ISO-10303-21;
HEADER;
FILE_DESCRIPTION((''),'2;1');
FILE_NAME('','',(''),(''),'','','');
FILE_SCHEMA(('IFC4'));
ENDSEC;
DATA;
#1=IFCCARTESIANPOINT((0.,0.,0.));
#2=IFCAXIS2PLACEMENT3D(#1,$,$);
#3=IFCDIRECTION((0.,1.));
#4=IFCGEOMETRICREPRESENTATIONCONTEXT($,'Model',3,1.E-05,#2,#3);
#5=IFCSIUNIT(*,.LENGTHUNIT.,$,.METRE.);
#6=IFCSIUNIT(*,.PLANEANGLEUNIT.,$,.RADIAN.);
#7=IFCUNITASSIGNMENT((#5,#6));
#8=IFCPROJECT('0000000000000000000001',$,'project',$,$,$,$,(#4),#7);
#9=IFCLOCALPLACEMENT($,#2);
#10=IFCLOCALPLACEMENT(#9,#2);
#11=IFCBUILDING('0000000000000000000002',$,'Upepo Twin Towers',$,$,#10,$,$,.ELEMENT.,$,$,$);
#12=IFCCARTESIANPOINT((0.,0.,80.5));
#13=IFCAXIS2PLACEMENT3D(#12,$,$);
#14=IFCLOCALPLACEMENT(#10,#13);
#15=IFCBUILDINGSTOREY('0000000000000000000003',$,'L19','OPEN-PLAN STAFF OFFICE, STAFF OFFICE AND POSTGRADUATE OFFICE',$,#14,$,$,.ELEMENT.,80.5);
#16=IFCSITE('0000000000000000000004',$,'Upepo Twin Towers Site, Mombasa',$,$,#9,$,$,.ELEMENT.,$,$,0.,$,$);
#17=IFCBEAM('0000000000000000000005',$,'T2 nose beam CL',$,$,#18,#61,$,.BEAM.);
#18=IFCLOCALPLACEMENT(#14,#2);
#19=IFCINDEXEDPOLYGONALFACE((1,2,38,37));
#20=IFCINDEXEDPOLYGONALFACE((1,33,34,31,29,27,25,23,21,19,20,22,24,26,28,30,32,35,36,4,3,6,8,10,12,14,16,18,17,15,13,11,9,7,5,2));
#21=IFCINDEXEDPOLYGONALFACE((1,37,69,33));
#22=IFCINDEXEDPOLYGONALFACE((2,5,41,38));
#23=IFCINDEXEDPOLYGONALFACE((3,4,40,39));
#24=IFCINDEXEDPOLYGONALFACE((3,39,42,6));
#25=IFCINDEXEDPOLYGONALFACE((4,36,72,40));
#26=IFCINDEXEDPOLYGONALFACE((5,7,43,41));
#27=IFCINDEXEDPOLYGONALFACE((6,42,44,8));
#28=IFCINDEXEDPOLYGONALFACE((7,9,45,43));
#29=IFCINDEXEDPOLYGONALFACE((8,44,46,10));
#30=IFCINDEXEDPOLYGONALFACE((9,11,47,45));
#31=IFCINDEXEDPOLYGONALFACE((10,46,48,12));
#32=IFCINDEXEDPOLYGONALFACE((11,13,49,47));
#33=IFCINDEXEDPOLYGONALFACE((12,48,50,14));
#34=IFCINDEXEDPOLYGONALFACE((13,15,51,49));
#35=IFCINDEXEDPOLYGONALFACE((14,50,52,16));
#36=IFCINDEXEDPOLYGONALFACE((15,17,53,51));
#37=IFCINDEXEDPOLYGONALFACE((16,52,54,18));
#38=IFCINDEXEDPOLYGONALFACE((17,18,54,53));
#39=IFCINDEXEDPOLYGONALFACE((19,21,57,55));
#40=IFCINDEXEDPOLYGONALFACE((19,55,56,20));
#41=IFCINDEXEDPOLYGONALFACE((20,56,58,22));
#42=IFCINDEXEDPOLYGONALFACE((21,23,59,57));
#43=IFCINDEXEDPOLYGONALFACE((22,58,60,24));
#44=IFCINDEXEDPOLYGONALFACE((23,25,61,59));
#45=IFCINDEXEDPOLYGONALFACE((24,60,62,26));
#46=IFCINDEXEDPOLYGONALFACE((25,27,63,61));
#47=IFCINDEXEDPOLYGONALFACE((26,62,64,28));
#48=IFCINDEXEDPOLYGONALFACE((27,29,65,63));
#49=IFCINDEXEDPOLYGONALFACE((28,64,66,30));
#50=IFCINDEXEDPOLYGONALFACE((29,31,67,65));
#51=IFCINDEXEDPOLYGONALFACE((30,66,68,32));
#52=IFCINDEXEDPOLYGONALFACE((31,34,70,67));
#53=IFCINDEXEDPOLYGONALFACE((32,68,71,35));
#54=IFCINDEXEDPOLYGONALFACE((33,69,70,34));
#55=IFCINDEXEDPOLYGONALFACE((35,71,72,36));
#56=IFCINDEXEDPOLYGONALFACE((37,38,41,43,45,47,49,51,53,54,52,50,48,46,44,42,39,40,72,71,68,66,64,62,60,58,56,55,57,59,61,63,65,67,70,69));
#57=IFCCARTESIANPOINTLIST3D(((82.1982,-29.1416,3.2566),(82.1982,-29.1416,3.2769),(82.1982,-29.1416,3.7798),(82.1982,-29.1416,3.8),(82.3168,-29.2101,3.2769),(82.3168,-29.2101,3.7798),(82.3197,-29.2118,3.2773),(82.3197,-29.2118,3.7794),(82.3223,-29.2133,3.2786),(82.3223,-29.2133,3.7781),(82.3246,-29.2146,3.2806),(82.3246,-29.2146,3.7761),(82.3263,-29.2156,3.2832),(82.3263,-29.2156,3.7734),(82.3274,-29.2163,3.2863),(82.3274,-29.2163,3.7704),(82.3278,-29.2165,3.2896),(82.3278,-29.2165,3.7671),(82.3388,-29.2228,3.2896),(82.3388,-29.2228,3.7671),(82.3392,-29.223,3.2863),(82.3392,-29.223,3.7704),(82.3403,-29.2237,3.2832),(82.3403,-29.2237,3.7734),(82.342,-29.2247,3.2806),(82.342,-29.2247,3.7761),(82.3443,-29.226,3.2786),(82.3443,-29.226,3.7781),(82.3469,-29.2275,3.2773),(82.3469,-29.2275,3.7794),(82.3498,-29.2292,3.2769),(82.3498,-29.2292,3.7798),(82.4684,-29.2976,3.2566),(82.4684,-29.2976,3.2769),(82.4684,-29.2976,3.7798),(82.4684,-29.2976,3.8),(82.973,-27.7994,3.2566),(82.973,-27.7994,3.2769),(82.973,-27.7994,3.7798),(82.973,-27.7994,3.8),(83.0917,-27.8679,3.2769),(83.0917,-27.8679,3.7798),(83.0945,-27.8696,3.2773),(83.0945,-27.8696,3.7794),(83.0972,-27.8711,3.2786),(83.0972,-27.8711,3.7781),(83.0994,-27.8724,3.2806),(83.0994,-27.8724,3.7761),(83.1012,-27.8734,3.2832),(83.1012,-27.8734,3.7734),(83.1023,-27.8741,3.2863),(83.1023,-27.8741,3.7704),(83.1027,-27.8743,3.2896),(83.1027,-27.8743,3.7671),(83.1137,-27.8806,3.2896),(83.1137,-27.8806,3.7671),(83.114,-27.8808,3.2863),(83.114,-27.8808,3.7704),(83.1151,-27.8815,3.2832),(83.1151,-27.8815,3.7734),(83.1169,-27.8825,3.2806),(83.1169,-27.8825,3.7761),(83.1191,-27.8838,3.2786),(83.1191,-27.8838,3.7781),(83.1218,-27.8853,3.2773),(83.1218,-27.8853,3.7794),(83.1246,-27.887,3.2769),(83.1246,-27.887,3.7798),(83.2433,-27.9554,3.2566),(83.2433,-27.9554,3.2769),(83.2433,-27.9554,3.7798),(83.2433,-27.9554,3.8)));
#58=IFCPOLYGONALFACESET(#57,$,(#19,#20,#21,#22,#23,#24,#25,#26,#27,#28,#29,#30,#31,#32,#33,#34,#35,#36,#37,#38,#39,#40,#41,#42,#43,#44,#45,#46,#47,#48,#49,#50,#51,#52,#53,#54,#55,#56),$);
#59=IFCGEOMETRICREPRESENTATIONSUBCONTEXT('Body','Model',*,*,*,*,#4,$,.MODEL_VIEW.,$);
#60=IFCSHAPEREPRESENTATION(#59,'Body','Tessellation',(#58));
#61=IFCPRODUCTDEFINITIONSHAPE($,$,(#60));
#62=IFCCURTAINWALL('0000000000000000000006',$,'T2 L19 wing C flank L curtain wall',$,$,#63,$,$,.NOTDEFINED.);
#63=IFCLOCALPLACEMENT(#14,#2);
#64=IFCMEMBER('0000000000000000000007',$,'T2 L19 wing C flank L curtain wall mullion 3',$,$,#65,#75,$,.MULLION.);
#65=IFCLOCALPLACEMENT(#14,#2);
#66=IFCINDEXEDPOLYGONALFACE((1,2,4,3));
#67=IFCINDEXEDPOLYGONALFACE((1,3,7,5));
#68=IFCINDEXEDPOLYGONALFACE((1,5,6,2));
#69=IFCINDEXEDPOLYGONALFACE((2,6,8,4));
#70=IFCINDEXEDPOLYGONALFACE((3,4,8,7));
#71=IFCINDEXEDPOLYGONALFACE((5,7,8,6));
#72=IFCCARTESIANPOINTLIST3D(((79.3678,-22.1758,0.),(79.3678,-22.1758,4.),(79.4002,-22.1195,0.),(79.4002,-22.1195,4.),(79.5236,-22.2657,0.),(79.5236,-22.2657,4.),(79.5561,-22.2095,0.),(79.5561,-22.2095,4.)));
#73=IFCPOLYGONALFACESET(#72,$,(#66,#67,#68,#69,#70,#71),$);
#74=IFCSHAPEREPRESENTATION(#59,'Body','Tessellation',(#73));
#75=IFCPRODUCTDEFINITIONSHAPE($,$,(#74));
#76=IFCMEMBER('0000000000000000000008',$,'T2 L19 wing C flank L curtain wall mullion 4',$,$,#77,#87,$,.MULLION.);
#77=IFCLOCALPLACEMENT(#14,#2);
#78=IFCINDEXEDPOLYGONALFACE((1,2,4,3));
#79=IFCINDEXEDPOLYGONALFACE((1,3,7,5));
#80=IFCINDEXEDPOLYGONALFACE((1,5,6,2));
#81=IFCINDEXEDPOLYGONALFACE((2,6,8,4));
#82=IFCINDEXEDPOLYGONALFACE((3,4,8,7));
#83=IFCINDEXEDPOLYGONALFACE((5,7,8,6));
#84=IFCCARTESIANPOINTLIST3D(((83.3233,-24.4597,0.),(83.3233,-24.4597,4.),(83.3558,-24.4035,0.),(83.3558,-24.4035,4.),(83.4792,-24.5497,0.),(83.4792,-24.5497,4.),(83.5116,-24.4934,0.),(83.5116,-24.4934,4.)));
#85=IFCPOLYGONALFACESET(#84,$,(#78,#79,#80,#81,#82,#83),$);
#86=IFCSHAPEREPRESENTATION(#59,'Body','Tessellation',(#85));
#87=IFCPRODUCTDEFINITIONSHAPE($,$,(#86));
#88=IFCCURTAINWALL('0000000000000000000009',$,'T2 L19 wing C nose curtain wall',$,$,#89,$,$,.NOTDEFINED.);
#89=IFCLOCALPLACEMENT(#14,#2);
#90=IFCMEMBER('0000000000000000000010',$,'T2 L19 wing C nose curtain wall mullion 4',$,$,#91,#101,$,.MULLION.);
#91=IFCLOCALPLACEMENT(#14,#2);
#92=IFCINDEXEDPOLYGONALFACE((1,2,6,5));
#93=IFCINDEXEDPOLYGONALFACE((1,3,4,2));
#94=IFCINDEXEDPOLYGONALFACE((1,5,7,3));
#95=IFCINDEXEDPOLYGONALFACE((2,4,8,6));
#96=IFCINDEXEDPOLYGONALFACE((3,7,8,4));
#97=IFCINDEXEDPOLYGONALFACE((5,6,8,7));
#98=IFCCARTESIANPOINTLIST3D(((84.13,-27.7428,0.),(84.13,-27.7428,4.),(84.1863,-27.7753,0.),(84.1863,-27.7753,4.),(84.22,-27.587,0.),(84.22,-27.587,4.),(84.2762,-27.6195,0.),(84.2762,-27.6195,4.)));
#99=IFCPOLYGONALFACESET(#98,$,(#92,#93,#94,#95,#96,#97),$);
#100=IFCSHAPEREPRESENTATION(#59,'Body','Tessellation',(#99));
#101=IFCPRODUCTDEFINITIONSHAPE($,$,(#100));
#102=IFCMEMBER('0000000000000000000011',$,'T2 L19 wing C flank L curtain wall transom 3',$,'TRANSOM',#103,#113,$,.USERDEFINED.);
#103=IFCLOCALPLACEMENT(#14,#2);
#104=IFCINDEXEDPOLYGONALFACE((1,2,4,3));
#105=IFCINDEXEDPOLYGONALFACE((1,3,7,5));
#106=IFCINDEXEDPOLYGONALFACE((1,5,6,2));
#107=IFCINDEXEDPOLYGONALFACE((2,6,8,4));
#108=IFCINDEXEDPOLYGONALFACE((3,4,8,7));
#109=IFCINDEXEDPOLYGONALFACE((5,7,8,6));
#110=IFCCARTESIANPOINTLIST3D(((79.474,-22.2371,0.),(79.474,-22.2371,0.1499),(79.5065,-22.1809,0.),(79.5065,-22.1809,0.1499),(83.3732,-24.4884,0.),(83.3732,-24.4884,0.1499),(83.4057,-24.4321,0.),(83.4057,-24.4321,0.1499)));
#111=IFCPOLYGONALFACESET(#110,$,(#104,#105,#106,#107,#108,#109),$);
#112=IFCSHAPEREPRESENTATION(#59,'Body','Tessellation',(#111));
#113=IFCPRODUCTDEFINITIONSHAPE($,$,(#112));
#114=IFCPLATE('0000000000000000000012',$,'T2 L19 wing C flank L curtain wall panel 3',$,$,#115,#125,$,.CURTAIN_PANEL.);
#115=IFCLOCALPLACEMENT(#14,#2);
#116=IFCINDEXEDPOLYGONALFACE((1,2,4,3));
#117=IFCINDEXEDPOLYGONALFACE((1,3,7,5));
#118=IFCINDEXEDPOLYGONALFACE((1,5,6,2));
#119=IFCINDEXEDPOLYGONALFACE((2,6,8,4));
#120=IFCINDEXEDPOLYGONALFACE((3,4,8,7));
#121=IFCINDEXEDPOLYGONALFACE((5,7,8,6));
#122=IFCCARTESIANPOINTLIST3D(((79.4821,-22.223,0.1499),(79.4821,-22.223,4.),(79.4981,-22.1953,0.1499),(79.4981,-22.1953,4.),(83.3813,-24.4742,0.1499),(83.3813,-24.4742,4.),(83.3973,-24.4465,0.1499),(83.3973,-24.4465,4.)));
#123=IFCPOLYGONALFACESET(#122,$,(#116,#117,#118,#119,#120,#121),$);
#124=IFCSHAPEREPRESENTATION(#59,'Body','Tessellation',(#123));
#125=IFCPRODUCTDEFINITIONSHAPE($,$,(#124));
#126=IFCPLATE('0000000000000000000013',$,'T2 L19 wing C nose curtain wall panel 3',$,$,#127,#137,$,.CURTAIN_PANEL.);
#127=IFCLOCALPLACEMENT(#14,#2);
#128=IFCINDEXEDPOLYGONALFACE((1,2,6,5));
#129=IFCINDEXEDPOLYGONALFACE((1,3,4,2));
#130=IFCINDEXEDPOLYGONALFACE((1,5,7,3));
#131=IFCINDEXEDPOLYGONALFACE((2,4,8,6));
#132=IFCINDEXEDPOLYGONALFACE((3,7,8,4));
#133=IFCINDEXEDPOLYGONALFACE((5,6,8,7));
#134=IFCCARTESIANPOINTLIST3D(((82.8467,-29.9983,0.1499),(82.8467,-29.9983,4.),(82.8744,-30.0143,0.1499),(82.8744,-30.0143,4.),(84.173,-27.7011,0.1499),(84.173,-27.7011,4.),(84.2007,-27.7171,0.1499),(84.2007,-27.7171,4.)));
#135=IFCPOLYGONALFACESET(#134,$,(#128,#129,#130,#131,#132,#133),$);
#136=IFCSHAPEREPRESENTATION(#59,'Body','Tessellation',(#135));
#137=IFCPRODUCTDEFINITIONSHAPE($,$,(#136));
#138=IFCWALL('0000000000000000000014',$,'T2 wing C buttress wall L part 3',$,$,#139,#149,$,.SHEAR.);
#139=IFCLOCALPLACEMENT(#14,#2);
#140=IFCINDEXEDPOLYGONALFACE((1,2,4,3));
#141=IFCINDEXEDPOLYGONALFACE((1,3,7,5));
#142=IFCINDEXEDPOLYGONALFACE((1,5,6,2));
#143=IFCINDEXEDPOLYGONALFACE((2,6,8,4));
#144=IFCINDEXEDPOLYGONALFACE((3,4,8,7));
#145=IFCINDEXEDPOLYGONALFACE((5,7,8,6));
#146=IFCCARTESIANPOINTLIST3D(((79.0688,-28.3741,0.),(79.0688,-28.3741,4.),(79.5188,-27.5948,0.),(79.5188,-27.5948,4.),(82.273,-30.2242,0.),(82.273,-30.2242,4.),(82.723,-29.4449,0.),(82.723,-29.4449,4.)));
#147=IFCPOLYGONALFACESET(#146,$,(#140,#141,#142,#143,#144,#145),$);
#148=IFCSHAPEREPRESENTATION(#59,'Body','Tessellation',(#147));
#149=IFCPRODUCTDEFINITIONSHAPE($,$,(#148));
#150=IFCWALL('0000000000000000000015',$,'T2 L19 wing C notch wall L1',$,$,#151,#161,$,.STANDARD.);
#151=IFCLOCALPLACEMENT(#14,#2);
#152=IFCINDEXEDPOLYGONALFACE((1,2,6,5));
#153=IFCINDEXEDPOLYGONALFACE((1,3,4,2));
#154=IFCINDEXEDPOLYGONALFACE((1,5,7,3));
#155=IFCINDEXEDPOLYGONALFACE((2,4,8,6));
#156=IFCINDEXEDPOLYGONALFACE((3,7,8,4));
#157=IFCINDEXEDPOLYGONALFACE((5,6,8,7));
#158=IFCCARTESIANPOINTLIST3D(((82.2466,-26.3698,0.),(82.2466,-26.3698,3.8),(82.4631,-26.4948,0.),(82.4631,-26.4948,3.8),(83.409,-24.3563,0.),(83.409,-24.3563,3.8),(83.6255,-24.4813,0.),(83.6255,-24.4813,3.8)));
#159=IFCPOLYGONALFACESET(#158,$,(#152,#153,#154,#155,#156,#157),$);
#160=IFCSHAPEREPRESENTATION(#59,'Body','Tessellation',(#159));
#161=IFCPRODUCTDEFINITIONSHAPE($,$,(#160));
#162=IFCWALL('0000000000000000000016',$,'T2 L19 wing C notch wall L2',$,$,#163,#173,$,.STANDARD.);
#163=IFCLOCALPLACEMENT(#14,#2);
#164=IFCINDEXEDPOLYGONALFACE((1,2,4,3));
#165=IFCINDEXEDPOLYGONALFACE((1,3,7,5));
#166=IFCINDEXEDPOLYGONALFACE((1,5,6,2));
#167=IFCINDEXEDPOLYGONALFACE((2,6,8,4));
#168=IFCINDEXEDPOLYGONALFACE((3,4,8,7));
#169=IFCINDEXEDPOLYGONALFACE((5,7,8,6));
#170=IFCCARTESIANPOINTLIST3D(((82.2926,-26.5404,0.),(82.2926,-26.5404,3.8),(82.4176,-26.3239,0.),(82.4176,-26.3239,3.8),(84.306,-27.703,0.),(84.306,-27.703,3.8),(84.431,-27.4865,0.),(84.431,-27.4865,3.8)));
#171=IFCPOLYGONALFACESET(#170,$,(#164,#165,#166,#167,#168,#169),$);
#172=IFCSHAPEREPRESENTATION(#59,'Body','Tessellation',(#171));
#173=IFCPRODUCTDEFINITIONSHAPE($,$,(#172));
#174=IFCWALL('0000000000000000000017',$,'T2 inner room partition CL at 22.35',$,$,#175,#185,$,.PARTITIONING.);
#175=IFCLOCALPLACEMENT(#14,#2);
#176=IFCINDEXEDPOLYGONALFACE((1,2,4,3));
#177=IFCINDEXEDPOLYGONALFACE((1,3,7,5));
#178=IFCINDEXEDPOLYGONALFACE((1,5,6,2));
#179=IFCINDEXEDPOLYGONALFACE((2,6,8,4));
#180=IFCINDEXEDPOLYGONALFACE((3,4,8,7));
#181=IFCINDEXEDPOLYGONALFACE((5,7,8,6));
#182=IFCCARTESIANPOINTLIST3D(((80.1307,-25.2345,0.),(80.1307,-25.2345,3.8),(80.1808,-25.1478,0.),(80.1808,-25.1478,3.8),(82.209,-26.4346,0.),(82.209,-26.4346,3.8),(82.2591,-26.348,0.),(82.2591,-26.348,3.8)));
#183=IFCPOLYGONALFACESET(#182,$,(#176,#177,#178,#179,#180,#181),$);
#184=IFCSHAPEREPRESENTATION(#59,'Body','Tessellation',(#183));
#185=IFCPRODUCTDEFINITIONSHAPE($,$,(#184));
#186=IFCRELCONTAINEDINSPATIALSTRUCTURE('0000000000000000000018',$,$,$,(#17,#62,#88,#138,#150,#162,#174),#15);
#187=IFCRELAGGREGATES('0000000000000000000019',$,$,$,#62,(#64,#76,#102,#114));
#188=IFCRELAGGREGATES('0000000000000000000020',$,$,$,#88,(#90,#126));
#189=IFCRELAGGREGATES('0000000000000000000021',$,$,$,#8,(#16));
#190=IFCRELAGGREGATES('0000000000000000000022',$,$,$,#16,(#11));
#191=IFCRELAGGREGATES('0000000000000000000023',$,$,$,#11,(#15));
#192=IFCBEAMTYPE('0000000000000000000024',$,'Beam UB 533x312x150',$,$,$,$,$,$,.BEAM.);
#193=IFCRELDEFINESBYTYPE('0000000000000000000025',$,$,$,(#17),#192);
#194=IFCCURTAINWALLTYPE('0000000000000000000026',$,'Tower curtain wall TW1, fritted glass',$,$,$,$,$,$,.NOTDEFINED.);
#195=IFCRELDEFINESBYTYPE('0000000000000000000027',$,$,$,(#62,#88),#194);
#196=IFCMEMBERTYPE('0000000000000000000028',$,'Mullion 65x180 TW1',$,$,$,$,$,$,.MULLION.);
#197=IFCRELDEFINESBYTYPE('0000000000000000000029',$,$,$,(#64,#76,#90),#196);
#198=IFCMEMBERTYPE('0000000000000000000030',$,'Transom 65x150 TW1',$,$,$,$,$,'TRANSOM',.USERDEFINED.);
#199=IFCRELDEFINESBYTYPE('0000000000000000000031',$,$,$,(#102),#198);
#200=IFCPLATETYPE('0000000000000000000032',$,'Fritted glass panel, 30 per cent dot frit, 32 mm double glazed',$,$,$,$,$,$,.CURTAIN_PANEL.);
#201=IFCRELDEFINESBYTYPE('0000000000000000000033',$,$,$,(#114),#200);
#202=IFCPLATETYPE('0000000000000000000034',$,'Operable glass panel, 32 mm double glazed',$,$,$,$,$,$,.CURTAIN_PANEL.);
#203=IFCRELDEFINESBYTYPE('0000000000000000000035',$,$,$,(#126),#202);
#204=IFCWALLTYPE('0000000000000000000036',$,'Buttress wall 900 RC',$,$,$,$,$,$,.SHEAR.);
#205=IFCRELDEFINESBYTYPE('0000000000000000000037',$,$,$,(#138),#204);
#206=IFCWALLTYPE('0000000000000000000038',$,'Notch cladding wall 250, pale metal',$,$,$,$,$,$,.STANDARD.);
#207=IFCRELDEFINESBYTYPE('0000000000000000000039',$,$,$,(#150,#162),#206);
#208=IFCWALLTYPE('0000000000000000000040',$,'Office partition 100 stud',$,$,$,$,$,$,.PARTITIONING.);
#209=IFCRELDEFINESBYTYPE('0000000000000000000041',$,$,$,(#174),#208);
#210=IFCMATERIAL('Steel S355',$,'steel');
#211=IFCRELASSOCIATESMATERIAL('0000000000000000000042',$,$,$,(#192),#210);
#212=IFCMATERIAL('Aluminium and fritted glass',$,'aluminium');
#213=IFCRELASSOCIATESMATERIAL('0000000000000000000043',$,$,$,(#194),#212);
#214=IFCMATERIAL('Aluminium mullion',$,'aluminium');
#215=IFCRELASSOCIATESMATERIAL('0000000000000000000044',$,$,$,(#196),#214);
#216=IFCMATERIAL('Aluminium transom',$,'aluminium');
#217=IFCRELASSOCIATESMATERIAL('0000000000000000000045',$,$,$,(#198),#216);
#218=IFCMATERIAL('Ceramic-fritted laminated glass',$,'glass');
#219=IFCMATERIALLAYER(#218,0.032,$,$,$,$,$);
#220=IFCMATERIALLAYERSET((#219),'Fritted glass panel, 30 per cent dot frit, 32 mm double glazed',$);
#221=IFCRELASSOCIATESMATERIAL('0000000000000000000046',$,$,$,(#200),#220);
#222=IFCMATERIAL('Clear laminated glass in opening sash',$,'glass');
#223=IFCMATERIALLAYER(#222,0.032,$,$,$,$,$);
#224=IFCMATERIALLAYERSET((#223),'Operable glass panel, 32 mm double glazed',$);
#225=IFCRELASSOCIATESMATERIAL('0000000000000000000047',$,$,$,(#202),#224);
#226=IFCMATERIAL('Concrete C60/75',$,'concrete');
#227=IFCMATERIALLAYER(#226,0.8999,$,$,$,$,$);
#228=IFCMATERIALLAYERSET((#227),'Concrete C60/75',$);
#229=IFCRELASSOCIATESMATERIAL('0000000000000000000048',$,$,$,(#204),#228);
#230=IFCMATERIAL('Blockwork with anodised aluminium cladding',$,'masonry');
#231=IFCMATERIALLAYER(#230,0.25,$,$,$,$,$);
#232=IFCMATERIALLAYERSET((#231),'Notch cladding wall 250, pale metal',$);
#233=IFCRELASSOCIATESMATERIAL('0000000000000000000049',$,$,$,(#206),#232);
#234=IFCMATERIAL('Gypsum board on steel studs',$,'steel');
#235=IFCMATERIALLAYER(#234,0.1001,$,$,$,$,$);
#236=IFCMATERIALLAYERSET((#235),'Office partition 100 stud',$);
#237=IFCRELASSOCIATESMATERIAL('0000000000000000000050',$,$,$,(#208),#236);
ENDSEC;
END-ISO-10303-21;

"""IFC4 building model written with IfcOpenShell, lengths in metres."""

from ifc_helpers import new_model, si_unit, direction, frame, frame_2d, origin, origin_2d, place, context, subcontext, project, spatial, rectangle, i_section, extrude, material, layer, layer_set, material_profile, profile_set, type_object, element, aggregate, save


model = new_model("IFC4")

# Units and contexts
model_context = context("Model", 3, precision=1e-05, world=origin(), true_north=direction((0.0, 1.0)))
body_context = subcontext(model_context, "Body", "Model", "MODEL_VIEW")
ifc_project = project(units=[si_unit("LENGTHUNIT", "METRE"), si_unit("PLANEANGLEUNIT", "RADIAN")], contexts=[model_context])

# Site, building, storey
site_placement = place(None, origin())
site = spatial("IfcSite", under=ifc_project, at=site_placement, Name="Upepo Twin Towers Site, Mombasa", CompositionType="ELEMENT", RefElevation=0.0)
building_placement = place(site_placement, origin())
building = spatial("IfcBuilding", under=site, at=building_placement, Name="Upepo Twin Towers", CompositionType="ELEMENT")
storey_placement = place(building_placement, frame((0.0, 0.0, 80.5)))
storey = spatial("IfcBuildingStorey", under=building, at=storey_placement, Name="L19", Description="OPEN-PLAN STAFF OFFICE, STAFF OFFICE AND POSTGRADUATE OFFICE", CompositionType="ELEMENT", Elevation=80.5)

# Beam
ifc_material_1 = material(Name="Steel S355", Category="steel")
ifc_material_profile_1 = material_profile(ifc_material_1, i_section(OverallWidth=0.312, OverallDepth=0.5435, WebThickness=0.0127, FlangeThickness=0.0203, FilletRadius=0.0127, at=origin_2d()), Name="UB 533x312x150")
ifc_profile_set_1 = profile_set([ifc_material_profile_1], Name="Steel S355")
beam_type_1 = type_object("IfcBeamType", Name="Beam UB 533x312x150", PredefinedType="BEAM", material=ifc_profile_set_1)
beam_1_placement = place(storey_placement, frame((83.1082, -27.8774, 3.5283), z_axis=(-0.499968, -0.866044, 0.0), x_axis=(0.866044, -0.499968, 0.0)))
element("IfcBeam", 1, at=beam_1_placement, inside=storey, type_object=beam_type_1, Name="T2 nose beam CL", PredefinedType="BEAM", context=body_context, shape_type="SweptSolid", body=[
    extrude(i_section(OverallWidth=0.312, OverallDepth=0.5435, WebThickness=0.0127, FlangeThickness=0.0203, FilletRadius=0.0127, at=origin_2d()), origin(), (0.0, 0.0, 1.0), 1.5498),
])

# Curtain wall, members
ifc_material_2 = material(Name="Aluminium and fritted glass", Category="aluminium")
curtain_wall_type = type_object("IfcCurtainWallType", Name="Tower curtain wall TW1, fritted glass", PredefinedType="NOTDEFINED", material=ifc_material_2)
curtain_wall_1_placement = place(storey_placement, origin())
curtain_wall_1 = element("IfcCurtainWall", 2, at=curtain_wall_1_placement, inside=storey, type_object=curtain_wall_type, Name="T2 L19 wing C flank L curtain wall", PredefinedType="NOTDEFINED")
ifc_material_3 = material(Name="Aluminium mullion", Category="aluminium")
ifc_material_profile_2 = material_profile(ifc_material_3, rectangle(XDim=0.0649, YDim=0.1799, at=origin_2d()), Name="MULLION 65x180")
ifc_profile_set_2 = profile_set([ifc_material_profile_2], Name="Aluminium mullion")
member_type_1 = type_object("IfcMemberType", Name="Mullion 65x180 TW1", PredefinedType="MULLION", material=ifc_profile_set_2)
member_1_placement = place(storey_placement, frame((79.4619, -22.1926, 0.0), z_axis=(0.0, 0.0, 1.0), x_axis=(0.5, 0.866025, 0.0)))
member_1 = element("IfcMember", 3, at=member_1_placement, type_object=member_type_1, Name="T2 L19 wing C flank L curtain wall mullion 3", PredefinedType="MULLION", context=body_context, shape_type="SweptSolid", body=[
    extrude(rectangle(XDim=0.0649, YDim=0.1799, at=origin_2d()), origin(), (0.0, 0.0, 1.0), 4.0),
])
member_2_placement = place(storey_placement, frame((83.4175, -24.4766, 0.0), z_axis=(0.0, 0.0, 1.0), x_axis=(0.5, 0.866025, 0.0)))
member_2 = element("IfcMember", 4, at=member_2_placement, type_object=member_type_1, Name="T2 L19 wing C flank L curtain wall mullion 4", PredefinedType="MULLION", context=body_context, shape_type="SweptSolid", body=[
    extrude(rectangle(XDim=0.0649, YDim=0.1799, at=origin_2d()), origin(), (0.0, 0.0, 1.0), 4.0),
])

# Curtain wall, member
curtain_wall_2_placement = place(storey_placement, origin())
curtain_wall_2 = element("IfcCurtainWall", 5, at=curtain_wall_2_placement, inside=storey, type_object=curtain_wall_type, Name="T2 L19 wing C nose curtain wall", PredefinedType="NOTDEFINED")
member_3_placement = place(storey_placement, frame((84.2031, -27.6812, 0.0), z_axis=(0.0, 0.0, 1.0), x_axis=(-0.866025, 0.5, 0.0)))
member_3 = element("IfcMember", 6, at=member_3_placement, type_object=member_type_1, Name="T2 L19 wing C nose curtain wall mullion 4", PredefinedType="MULLION", context=body_context, shape_type="SweptSolid", body=[
    extrude(rectangle(XDim=0.0649, YDim=0.1799, at=origin_2d()), origin(), (0.0, 0.0, 1.0), 4.0),
])

# Member
ifc_material_4 = material(Name="Aluminium transom", Category="aluminium")
ifc_material_profile_3 = material_profile(ifc_material_4, rectangle(XDim=0.0649, YDim=0.1499, at=origin_2d()), Name="TRANSOM 65x150")
ifc_profile_set_3 = profile_set([ifc_material_profile_3], Name="Aluminium transom")
member_type_2 = type_object("IfcMemberType", Name="Transom 65x150 TW1", ElementType="TRANSOM", PredefinedType="USERDEFINED", material=ifc_profile_set_3)
member_4_placement = place(storey_placement, frame((79.4902, -22.209, 0.075), z_axis=(0.866022, -0.500006, 0.0), x_axis=(0.500006, 0.866022, 0.0)))
member_4 = element("IfcMember", 7, at=member_4_placement, type_object=member_type_2, Name="T2 L19 wing C flank L curtain wall transom 3", ObjectType="TRANSOM", PredefinedType="USERDEFINED", context=body_context, shape_type="SweptSolid", body=[
    extrude(rectangle(XDim=0.0649, YDim=0.1499, at=origin_2d()), origin(), (0.0, 0.0, 1.0), 4.5024),
])

# Plates
ifc_material_5 = material(Name="Ceramic-fritted laminated glass", Category="glass")
ifc_layer_1 = layer(ifc_material_5, 0.032)
ifc_layer_set_1 = layer_set([ifc_layer_1], Name="Fritted glass panel, 30 per cent dot frit, 32 mm double glazed")
plate_type_1 = type_object("IfcPlateType", Name="Fritted glass panel, 30 per cent dot frit, 32 mm double glazed", PredefinedType="CURTAIN_PANEL", material=ifc_layer_set_1)
plate_1_placement = place(storey_placement, frame((81.4397, -23.3347, 0.1499), z_axis=(0.0, 0.0, 1.0), x_axis=(0.866025, -0.5, 0.0)))
plate_1 = element("IfcPlate", 8, at=plate_1_placement, type_object=plate_type_1, Name="T2 L19 wing C flank L curtain wall panel 3", PredefinedType="CURTAIN_PANEL", context=body_context, shape_type="SweptSolid", body=[
    extrude(rectangle(XDim=4.5024, YDim=0.032, at=origin_2d()), origin(), (0.0, 0.0, 1.0), 3.8501),
])
aggregate(curtain_wall_1, [member_1, member_2, member_4, plate_1])
ifc_material_6 = material(Name="Clear laminated glass in opening sash", Category="glass")
ifc_layer_2 = layer(ifc_material_6, 0.032)
ifc_layer_set_2 = layer_set([ifc_layer_2], Name="Operable glass panel, 32 mm double glazed")
plate_type_2 = type_object("IfcPlateType", Name="Operable glass panel, 32 mm double glazed", PredefinedType="CURTAIN_PANEL", material=ifc_layer_set_2)
plate_2_placement = place(storey_placement, frame((83.5237, -28.8577, 0.1499), z_axis=(0.0, 0.0, 1.0), x_axis=(0.5, 0.866025, 0.0)))
plate_2 = element("IfcPlate", 9, at=plate_2_placement, type_object=plate_type_2, Name="T2 L19 wing C nose curtain wall panel 3", PredefinedType="CURTAIN_PANEL", context=body_context, shape_type="SweptSolid", body=[
    extrude(rectangle(XDim=2.6526, YDim=0.032, at=origin_2d()), origin(), (0.0, 0.0, 1.0), 3.8501),
])
aggregate(curtain_wall_2, [member_3, plate_2])

# Walls
ifc_material_7 = material(Name="Concrete C60/75", Category="concrete")
ifc_layer_3 = layer(ifc_material_7, 0.8999)
ifc_layer_set_3 = layer_set([ifc_layer_3], Name="Concrete C60/75")
wall_type_1 = type_object("IfcWallType", Name="Buttress wall 900 RC", PredefinedType="SHEAR", material=ifc_layer_set_3)
wall_1_placement = place(storey_placement, frame((79.2937, -27.9844, 0.0), z_axis=(0.0, 0.0, 1.0), x_axis=(0.866001, -0.500042, 0.0)))
element("IfcWall", 10, at=wall_1_placement, inside=storey, type_object=wall_type_1, Name="T2 wing C buttress wall L part 3", PredefinedType="SHEAR", context=body_context, shape_type="SweptSolid", body=[
    extrude(rectangle(XDim=3.7, YDim=0.8999, at=frame_2d((1.8501, 0.0))), origin(), (0.0, 0.0, 1.0), 4.0),
])
ifc_material_8 = material(Name="Blockwork with anodised aluminium cladding", Category="masonry")
ifc_layer_4 = layer(ifc_material_8, 0.25)
ifc_layer_set_4 = layer_set([ifc_layer_4], Name="Notch cladding wall 250, pale metal")
wall_type_2 = type_object("IfcWallType", Name="Notch cladding wall 250, pale metal", PredefinedType="STANDARD", material=ifc_layer_set_4)
for number, where, z_axis, x_axis, name in (
    (11, (83.5173, -24.4187, 0.0), (0.0, 0.0, 1.0), (-0.499968, -0.866044, 0.0), "T2 L19 wing C notch wall L1"),
    (12, (82.355, -26.4321, 0.0), (0.0, 0.0, 1.0), (0.865998, -0.500047, 0.0), "T2 L19 wing C notch wall L2"),
):
    element("IfcWall", number, at=place(storey_placement, frame(where, z_axis=z_axis, x_axis=x_axis)), inside=storey, type_object=wall_type_2, Name=name, PredefinedType="STANDARD", context=body_context, shape_type="SweptSolid", body=[
        extrude(rectangle(XDim=2.325, YDim=0.25, at=frame_2d((1.1626, 0.0))), origin(), (0.0, 0.0, 1.0), 3.8),
    ])
ifc_material_9 = material(Name="Gypsum board on steel studs", Category="steel")
ifc_layer_5 = layer(ifc_material_9, 0.1001)
ifc_layer_set_5 = layer_set([ifc_layer_5], Name="Office partition 100 stud")
wall_type_3 = type_object("IfcWallType", Name="Office partition 100 stud", PredefinedType="PARTITIONING", material=ifc_layer_set_5)
wall_2_placement = place(storey_placement, frame((80.1558, -25.1912, 0.0), z_axis=(0.0, 0.0, 1.0), x_axis=(0.865981, -0.500078, 0.0)))
element("IfcWall", 13, at=wall_2_placement, inside=storey, type_object=wall_type_3, Name="T2 inner room partition CL at 22.35", PredefinedType="PARTITIONING", context=body_context, shape_type="SweptSolid", body=[
    extrude(rectangle(XDim=2.3999, YDim=0.1001, at=frame_2d((1.2, 0.0))), origin(), (0.0, 0.0, 1.0), 3.8),
])

save(model, "model.ifc")
